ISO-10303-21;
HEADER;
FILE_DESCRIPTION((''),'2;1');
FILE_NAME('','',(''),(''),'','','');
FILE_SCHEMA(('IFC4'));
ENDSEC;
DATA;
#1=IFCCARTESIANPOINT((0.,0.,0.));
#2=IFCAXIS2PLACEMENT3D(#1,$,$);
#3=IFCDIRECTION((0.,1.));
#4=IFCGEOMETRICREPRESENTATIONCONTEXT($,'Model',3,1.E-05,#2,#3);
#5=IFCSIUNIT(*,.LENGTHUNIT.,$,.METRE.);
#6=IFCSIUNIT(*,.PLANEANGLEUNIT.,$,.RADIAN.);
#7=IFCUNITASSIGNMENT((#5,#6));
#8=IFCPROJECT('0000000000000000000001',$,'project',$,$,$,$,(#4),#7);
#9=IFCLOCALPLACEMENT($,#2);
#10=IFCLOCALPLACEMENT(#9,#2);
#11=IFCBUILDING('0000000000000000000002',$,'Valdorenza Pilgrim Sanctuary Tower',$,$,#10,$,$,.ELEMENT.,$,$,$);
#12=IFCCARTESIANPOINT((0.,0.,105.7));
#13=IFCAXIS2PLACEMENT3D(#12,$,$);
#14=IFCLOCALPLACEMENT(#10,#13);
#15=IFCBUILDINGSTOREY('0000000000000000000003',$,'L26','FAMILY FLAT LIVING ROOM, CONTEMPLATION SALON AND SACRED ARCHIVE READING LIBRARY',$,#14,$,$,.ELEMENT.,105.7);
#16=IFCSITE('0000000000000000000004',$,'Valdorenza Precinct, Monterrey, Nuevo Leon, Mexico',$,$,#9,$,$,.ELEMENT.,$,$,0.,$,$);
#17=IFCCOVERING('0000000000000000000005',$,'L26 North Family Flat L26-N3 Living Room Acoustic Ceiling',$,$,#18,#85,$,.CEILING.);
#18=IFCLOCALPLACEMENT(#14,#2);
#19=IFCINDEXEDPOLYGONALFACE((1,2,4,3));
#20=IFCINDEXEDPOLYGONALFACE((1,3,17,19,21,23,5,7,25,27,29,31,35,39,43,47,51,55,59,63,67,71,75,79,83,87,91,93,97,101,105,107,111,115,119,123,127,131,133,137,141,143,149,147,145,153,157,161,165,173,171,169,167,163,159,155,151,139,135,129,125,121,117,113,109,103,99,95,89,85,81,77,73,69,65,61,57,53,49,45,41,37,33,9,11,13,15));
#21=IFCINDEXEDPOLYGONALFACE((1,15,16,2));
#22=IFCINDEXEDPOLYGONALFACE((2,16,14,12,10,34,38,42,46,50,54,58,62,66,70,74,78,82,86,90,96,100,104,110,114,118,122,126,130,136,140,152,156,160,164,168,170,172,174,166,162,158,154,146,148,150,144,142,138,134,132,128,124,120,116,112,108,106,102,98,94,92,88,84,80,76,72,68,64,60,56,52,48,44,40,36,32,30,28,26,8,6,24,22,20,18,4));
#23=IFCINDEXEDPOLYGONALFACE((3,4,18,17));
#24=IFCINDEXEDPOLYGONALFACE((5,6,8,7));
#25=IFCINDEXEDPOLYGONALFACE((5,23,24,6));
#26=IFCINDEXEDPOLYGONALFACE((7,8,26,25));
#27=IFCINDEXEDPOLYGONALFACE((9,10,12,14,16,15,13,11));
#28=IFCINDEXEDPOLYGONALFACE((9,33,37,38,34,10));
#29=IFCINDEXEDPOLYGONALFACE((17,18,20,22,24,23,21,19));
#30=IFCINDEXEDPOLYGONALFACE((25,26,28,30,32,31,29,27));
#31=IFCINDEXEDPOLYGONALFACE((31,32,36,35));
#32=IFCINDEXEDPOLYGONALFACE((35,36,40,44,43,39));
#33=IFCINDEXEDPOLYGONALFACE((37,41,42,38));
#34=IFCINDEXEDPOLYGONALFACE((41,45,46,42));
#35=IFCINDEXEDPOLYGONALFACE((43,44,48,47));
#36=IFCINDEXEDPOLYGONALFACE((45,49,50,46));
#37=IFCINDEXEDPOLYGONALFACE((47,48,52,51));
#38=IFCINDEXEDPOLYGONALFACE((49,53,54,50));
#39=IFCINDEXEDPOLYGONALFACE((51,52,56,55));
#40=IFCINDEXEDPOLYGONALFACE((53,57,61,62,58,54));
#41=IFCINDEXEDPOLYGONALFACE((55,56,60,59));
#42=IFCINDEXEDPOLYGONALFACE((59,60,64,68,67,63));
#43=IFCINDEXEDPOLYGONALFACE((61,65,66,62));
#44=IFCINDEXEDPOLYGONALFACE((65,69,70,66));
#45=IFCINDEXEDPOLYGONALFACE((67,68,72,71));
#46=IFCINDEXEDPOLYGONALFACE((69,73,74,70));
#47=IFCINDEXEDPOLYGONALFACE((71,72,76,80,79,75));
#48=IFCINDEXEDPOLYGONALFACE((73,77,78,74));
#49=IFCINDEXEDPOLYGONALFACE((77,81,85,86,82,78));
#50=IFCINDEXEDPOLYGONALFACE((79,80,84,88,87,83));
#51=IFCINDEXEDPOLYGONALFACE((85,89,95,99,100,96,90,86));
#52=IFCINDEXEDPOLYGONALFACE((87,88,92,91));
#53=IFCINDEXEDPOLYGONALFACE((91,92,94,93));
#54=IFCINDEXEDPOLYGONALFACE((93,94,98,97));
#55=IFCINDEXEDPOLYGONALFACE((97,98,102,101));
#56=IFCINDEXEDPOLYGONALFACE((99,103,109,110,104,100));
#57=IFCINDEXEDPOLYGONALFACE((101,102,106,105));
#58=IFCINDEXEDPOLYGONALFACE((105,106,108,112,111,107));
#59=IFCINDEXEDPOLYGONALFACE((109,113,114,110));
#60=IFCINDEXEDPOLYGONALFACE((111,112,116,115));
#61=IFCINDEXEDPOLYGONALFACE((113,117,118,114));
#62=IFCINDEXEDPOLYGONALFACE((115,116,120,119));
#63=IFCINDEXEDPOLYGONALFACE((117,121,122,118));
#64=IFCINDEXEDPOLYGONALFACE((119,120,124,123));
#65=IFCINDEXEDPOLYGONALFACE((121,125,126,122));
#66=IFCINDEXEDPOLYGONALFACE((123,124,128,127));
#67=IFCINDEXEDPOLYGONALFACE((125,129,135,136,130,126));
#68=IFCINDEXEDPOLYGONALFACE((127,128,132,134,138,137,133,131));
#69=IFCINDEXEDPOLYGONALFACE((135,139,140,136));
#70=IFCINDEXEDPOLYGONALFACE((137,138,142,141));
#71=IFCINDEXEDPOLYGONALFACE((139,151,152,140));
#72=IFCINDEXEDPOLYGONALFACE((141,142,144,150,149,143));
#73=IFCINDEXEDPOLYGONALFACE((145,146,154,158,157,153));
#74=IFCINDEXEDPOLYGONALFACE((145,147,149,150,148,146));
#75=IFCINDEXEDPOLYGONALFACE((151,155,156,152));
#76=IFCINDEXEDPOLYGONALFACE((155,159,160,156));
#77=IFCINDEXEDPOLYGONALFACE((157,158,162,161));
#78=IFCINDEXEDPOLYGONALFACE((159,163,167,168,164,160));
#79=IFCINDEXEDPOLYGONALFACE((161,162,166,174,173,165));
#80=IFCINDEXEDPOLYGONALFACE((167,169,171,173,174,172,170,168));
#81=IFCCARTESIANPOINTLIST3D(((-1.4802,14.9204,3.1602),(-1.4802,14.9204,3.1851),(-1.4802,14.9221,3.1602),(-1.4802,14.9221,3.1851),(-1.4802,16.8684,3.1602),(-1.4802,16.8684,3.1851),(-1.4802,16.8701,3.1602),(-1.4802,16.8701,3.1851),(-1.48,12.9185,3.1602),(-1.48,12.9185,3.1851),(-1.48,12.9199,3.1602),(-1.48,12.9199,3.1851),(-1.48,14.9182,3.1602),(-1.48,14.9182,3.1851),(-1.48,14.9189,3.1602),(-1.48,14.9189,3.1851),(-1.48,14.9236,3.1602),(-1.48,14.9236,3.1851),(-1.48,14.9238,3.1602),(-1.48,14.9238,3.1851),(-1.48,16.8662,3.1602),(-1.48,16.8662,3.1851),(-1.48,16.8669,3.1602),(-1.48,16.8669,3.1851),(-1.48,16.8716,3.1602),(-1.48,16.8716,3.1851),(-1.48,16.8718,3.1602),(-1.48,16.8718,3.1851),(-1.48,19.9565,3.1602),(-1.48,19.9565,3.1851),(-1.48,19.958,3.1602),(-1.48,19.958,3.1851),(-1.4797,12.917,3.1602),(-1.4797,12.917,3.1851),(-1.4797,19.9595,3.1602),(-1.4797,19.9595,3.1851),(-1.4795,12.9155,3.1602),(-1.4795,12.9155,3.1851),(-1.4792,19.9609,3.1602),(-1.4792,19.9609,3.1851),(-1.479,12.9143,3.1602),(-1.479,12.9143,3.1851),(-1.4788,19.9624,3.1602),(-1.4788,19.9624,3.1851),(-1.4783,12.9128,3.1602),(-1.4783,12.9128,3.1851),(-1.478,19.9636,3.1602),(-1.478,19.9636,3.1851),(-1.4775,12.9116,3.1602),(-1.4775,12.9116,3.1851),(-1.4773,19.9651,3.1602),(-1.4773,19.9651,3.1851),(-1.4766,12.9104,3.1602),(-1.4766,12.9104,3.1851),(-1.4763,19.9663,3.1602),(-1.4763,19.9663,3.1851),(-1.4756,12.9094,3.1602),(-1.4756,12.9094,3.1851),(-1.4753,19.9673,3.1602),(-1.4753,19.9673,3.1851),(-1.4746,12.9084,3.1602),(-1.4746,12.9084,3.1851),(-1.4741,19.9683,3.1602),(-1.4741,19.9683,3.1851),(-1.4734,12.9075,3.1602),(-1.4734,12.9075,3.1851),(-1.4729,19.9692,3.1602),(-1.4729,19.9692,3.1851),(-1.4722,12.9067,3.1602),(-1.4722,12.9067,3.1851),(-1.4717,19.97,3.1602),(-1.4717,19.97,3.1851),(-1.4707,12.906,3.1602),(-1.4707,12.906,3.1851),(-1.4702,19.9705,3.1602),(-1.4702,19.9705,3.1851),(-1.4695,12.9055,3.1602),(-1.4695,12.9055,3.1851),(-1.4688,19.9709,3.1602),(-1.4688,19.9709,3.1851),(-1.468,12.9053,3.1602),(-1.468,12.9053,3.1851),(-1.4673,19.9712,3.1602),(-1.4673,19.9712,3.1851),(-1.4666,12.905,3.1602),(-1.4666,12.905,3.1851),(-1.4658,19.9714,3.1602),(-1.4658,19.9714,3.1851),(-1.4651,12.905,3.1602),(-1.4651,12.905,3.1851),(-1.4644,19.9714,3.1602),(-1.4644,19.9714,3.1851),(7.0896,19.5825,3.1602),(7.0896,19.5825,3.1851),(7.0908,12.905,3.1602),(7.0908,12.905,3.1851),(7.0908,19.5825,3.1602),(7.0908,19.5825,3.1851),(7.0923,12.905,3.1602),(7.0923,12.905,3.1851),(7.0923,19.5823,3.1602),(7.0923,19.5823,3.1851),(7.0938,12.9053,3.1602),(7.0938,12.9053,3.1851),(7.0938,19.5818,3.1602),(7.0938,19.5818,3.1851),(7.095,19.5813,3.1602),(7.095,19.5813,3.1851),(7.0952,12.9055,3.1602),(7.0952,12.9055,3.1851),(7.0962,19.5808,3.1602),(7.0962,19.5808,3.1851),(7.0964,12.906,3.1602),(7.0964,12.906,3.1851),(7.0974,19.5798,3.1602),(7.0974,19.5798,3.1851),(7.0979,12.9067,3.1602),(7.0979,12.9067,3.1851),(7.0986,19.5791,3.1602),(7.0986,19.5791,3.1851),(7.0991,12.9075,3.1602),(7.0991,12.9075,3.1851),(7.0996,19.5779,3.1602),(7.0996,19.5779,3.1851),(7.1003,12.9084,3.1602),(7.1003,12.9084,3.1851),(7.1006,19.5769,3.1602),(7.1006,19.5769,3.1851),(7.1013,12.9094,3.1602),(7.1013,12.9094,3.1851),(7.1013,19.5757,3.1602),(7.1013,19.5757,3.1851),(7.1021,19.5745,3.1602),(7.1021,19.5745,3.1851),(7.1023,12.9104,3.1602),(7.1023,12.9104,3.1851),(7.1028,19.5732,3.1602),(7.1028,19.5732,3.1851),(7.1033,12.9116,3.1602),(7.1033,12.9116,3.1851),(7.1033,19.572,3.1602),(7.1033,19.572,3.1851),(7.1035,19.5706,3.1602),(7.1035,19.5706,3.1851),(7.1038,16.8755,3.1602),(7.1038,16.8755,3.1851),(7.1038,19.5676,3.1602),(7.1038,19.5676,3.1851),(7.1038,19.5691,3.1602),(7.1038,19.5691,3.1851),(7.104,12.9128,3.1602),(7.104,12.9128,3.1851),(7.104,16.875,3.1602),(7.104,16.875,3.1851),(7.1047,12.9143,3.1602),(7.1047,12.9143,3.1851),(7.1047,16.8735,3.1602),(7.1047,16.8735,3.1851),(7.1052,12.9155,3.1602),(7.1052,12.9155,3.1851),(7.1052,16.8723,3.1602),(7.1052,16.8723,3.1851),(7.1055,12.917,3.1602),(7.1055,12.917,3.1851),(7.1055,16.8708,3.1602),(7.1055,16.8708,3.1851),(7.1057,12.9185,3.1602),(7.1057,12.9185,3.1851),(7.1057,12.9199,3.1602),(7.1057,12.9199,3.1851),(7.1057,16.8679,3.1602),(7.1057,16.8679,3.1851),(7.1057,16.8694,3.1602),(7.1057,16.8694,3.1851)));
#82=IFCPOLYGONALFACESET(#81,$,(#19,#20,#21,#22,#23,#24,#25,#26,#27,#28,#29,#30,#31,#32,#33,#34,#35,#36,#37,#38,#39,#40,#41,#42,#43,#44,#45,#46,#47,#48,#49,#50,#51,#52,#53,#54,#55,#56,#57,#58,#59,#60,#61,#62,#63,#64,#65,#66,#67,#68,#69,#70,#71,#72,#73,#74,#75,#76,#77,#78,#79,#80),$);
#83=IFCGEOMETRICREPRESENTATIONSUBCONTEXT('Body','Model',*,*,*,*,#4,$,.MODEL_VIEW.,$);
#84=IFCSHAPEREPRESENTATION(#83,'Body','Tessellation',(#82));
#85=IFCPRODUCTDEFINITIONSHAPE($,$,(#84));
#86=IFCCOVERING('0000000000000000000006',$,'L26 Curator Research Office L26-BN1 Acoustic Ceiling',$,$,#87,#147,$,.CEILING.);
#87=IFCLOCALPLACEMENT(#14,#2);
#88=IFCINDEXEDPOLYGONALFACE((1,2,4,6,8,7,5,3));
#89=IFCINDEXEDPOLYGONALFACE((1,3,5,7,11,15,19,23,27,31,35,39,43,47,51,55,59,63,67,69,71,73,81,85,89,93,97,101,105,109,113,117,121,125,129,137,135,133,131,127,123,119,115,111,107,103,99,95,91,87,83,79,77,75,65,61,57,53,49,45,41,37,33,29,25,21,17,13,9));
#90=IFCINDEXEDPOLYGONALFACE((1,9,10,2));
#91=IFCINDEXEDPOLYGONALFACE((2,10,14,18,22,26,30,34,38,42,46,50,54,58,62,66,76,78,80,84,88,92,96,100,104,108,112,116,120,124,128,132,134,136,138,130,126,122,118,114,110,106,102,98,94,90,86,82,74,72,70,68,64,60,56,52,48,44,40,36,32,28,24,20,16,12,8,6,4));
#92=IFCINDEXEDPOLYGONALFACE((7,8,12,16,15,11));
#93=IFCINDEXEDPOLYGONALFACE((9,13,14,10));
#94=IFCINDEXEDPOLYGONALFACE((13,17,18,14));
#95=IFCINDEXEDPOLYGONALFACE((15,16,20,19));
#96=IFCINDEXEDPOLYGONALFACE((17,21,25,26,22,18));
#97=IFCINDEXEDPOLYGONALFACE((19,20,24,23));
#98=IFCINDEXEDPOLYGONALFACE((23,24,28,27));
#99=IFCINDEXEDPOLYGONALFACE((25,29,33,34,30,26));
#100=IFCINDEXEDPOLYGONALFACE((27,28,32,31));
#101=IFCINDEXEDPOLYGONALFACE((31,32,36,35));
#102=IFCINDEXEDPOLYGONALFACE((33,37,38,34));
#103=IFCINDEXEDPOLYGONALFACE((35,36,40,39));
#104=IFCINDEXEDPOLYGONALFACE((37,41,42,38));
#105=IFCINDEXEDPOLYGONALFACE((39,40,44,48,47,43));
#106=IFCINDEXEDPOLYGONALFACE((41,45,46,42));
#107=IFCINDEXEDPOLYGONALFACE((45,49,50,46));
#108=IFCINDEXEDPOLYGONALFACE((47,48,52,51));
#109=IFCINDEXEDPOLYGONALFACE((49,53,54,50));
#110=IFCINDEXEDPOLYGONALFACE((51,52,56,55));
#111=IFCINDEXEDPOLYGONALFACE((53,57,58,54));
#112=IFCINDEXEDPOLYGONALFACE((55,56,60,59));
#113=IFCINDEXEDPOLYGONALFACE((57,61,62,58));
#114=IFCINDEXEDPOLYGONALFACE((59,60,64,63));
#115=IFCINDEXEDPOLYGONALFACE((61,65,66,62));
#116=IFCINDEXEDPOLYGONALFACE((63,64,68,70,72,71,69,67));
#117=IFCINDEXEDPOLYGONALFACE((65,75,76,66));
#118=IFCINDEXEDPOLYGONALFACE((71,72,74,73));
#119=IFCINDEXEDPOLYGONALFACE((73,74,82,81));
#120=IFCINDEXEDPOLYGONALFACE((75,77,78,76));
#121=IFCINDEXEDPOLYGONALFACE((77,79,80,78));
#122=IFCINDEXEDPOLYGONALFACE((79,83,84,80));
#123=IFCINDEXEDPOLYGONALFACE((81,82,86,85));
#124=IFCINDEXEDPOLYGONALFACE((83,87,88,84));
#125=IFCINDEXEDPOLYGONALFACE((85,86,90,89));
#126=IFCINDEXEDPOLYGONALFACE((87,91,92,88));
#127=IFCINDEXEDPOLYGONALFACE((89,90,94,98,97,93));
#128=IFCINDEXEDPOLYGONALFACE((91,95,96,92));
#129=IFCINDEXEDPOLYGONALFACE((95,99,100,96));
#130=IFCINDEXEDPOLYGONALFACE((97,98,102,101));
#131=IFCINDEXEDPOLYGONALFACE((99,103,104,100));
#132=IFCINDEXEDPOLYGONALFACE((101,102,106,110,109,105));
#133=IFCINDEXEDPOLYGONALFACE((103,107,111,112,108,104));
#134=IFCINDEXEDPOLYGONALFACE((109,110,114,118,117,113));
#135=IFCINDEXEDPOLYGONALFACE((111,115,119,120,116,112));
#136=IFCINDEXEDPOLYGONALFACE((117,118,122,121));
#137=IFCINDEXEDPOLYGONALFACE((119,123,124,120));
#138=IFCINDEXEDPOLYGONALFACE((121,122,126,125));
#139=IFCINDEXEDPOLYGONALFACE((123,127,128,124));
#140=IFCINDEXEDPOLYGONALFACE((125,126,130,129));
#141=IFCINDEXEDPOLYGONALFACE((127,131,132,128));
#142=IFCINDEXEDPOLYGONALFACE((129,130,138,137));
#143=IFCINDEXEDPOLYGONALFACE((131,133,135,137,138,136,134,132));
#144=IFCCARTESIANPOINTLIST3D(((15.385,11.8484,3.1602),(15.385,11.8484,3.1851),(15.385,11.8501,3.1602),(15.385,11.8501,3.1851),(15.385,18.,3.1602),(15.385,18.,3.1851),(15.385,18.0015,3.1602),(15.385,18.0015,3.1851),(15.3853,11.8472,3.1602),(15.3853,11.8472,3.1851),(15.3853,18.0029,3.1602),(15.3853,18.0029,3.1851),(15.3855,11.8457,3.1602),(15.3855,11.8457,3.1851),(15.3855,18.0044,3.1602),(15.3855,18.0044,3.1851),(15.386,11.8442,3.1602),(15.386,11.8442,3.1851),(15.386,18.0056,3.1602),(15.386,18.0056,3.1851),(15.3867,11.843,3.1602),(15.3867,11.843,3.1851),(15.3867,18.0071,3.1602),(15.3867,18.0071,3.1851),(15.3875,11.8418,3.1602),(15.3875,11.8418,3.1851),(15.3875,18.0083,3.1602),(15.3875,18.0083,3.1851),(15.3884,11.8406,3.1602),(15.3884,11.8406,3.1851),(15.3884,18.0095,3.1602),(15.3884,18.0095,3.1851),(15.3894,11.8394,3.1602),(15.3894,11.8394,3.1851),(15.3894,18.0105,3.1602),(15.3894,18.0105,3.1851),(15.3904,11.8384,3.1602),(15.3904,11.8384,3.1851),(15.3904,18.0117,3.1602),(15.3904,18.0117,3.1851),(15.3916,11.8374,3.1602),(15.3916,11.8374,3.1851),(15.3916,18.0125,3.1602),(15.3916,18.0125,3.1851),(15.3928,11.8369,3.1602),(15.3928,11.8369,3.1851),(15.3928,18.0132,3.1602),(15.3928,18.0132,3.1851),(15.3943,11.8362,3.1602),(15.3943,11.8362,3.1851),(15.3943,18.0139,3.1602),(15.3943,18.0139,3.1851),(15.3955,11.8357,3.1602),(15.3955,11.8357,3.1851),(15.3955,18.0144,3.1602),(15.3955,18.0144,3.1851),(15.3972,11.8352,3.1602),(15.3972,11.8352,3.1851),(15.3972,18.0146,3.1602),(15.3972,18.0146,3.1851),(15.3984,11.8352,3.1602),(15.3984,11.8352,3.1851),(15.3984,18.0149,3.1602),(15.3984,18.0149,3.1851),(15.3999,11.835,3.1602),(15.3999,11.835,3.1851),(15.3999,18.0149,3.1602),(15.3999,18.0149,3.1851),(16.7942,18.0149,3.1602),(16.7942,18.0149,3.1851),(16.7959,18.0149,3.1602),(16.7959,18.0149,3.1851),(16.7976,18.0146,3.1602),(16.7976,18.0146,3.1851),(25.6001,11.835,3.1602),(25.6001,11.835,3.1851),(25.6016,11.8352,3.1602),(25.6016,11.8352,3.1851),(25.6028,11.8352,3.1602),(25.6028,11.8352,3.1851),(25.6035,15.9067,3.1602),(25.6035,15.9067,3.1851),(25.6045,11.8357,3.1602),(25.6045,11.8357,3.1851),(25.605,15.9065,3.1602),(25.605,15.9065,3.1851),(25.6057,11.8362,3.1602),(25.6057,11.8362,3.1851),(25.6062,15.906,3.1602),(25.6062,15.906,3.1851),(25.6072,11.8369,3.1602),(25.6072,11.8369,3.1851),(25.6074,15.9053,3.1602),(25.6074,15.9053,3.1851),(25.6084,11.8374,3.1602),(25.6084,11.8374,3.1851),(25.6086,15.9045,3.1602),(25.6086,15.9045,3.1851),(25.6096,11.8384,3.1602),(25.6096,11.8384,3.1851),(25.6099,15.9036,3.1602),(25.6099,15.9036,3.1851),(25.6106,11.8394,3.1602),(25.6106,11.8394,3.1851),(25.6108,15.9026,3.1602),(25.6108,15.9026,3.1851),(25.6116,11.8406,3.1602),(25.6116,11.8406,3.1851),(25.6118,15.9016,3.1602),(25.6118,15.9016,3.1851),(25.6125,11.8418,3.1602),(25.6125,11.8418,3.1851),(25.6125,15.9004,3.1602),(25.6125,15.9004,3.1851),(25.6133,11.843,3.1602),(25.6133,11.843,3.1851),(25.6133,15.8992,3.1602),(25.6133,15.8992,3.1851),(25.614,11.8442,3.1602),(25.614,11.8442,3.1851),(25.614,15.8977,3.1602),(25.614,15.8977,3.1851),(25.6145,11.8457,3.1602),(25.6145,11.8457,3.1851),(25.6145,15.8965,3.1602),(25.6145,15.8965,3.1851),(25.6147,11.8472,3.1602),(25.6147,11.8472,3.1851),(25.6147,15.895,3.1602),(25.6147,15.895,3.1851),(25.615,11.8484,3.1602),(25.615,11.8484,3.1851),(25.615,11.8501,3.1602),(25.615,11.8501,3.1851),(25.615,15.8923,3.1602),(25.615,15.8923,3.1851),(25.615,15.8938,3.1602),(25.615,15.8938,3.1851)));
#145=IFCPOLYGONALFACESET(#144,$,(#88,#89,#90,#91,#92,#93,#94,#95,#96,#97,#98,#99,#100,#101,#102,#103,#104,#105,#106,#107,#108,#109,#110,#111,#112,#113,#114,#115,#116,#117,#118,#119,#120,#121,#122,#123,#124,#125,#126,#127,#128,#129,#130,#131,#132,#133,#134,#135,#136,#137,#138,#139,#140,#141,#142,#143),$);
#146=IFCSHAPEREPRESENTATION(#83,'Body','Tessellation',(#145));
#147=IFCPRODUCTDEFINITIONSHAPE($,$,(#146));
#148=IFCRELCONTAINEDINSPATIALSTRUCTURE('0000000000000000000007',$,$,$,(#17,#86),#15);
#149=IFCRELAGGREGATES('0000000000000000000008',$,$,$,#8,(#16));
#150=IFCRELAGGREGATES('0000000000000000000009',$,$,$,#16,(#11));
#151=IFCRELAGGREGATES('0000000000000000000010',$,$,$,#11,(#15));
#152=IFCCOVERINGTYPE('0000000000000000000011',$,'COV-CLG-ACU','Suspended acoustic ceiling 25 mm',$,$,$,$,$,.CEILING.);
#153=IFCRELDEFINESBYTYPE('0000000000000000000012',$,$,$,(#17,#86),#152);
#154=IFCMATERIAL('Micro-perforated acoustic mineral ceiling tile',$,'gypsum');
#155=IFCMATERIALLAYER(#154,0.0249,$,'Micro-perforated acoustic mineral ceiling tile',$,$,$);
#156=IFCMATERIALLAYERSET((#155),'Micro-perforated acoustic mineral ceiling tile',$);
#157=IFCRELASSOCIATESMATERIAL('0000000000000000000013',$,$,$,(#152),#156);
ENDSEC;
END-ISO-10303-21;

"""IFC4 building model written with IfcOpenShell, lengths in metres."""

from ifc_helpers import new_model, si_unit, direction, frame, origin, place, context, subcontext, project, spatial, polyline, outline, extrude, material, layer, layer_set, type_object, element, save


model = new_model("IFC4")

# Units and contexts
model_context = context("Model", 3, precision=1e-05, world=origin(), true_north=direction((0.0, 1.0)))
body_context = subcontext(model_context, "Body", "Model", "MODEL_VIEW")
ifc_project = project(units=[si_unit("LENGTHUNIT", "METRE"), si_unit("PLANEANGLEUNIT", "RADIAN")], contexts=[model_context])

# Site, building, storey
site_placement = place(None, origin())
site = spatial("IfcSite", under=ifc_project, at=site_placement, Name="Valdorenza Precinct, Monterrey, Nuevo Leon, Mexico", CompositionType="ELEMENT", RefElevation=0.0)
building_placement = place(site_placement, origin())
building = spatial("IfcBuilding", under=site, at=building_placement, Name="Valdorenza Pilgrim Sanctuary Tower", CompositionType="ELEMENT")
storey_placement = place(building_placement, frame((0.0, 0.0, 105.7)))
storey = spatial("IfcBuildingStorey", under=building, at=storey_placement, Name="L26", Description="FAMILY FLAT LIVING ROOM, CONTEMPLATION SALON AND SACRED ARCHIVE READING LIBRARY", CompositionType="ELEMENT", Elevation=105.7)

# Coverings
ifc_material_1 = material(Name="Micro-perforated acoustic mineral ceiling tile", Category="gypsum")
ifc_layer_1 = layer(ifc_material_1, 0.0249, Name="Micro-perforated acoustic mineral ceiling tile")
ifc_layer_set_1 = layer_set([ifc_layer_1], Name="Micro-perforated acoustic mineral ceiling tile")
covering_type_1 = type_object("IfcCoveringType", Name="COV-CLG-ACU", Description="Suspended acoustic ceiling 25 mm", PredefinedType="CEILING", material=ifc_layer_set_1)
covering_1_placement = place(storey_placement, frame((0.0, 0.0, 3.1602)))
element("IfcCovering", 1, at=covering_1_placement, inside=storey, type_object=covering_type_1, Name="L26 North Family Flat L26-N3 Living Room Acoustic Ceiling", PredefinedType="CEILING", context=body_context, shape_type="SweptSolid", body=[
    extrude(outline(polyline([(-1.48, 14.9182), (-1.48, 14.9189), (-1.4802, 14.9204), (-1.4802, 14.9221), (-1.48, 14.9236), (-1.48, 14.9238), (-1.48, 16.8662), (-1.48, 16.8669), (-1.4802, 16.8684), (-1.4802, 16.8701), (-1.48, 16.8716), (-1.48, 16.8718), (-1.48, 19.9565), (-1.48, 19.958), (-1.4797, 19.9595), (-1.4792, 19.9609), (-1.4788, 19.9624), (-1.478, 19.9636), (-1.4773, 19.9651), (-1.4763, 19.9663), (-1.4753, 19.9673), (-1.4741, 19.9683), (-1.4729, 19.9692), (-1.4717, 19.97), (-1.4702, 19.9705), (-1.4688, 19.9709), (-1.4673, 19.9712), (-1.4658, 19.9714), (-1.4644, 19.9714), (7.0896, 19.5825), (7.0908, 19.5825), (7.0923, 19.5823), (7.0938, 19.5818), (7.095, 19.5813), (7.0962, 19.5808), (7.0974, 19.5798), (7.0986, 19.5791), (7.0996, 19.5779), (7.1006, 19.5769), (7.1013, 19.5757), (7.1021, 19.5745), (7.1028, 19.5732), (7.1033, 19.572), (7.1035, 19.5706), (7.1038, 19.5691), (7.1038, 19.5676), (7.1038, 16.8755), (7.104, 16.875), (7.1047, 16.8735), (7.1052, 16.8723), (7.1055, 16.8708), (7.1057, 16.8694), (7.1057, 16.8679), (7.1057, 12.9199), (7.1057, 12.9185), (7.1055, 12.917), (7.1052, 12.9155), (7.1047, 12.9143), (7.104, 12.9128), (7.1033, 12.9116), (7.1023, 12.9104), (7.1013, 12.9094), (7.1003, 12.9084), (7.0991, 12.9075), (7.0979, 12.9067), (7.0964, 12.906), (7.0952, 12.9055), (7.0938, 12.9053), (7.0923, 12.905), (7.0908, 12.905), (-1.4651, 12.905), (-1.4666, 12.905), (-1.468, 12.9053), (-1.4695, 12.9055), (-1.4707, 12.906), (-1.4722, 12.9067), (-1.4734, 12.9075), (-1.4746, 12.9084), (-1.4756, 12.9094), (-1.4766, 12.9104), (-1.4775, 12.9116), (-1.4783, 12.9128), (-1.479, 12.9143), (-1.4795, 12.9155), (-1.4797, 12.917), (-1.48, 12.9185), (-1.48, 12.9199), (-1.48, 14.9182)])), origin(), (0.0, 0.0, 1.0), 0.0249),
])
covering_2_placement = place(storey_placement, frame((0.0, 0.0, 3.1602)))
element("IfcCovering", 2, at=covering_2_placement, inside=storey, type_object=covering_type_1, Name="L26 Curator Research Office L26-BN1 Acoustic Ceiling", PredefinedType="CEILING", context=body_context, shape_type="SweptSolid", body=[
    extrude(outline(polyline([(15.3999, 11.835), (15.3984, 11.8352), (15.3972, 11.8352), (15.3955, 11.8357), (15.3943, 11.8362), (15.3928, 11.8369), (15.3916, 11.8374), (15.3904, 11.8384), (15.3894, 11.8394), (15.3884, 11.8406), (15.3875, 11.8418), (15.3867, 11.843), (15.386, 11.8442), (15.3855, 11.8457), (15.3853, 11.8472), (15.385, 11.8484), (15.385, 11.8501), (15.385, 18.0), (15.385, 18.0015), (15.3853, 18.0029), (15.3855, 18.0044), (15.386, 18.0056), (15.3867, 18.0071), (15.3875, 18.0083), (15.3884, 18.0095), (15.3894, 18.0105), (15.3904, 18.0117), (15.3916, 18.0125), (15.3928, 18.0132), (15.3943, 18.0139), (15.3955, 18.0144), (15.3972, 18.0146), (15.3984, 18.0149), (15.3999, 18.0149), (16.7942, 18.0149), (16.7959, 18.0149), (16.7976, 18.0146), (25.6035, 15.9067), (25.605, 15.9065), (25.6062, 15.906), (25.6074, 15.9053), (25.6086, 15.9045), (25.6099, 15.9036), (25.6108, 15.9026), (25.6118, 15.9016), (25.6125, 15.9004), (25.6133, 15.8992), (25.614, 15.8977), (25.6145, 15.8965), (25.6147, 15.895), (25.615, 15.8938), (25.615, 15.8923), (25.615, 11.8501), (25.615, 11.8484), (25.6147, 11.8472), (25.6145, 11.8457), (25.614, 11.8442), (25.6133, 11.843), (25.6125, 11.8418), (25.6116, 11.8406), (25.6106, 11.8394), (25.6096, 11.8384), (25.6084, 11.8374), (25.6072, 11.8369), (25.6057, 11.8362), (25.6045, 11.8357), (25.6028, 11.8352), (25.6016, 11.8352), (25.6001, 11.835), (15.3999, 11.835)])), origin(), (0.0, 0.0, 1.0), 0.0249),
])

save(model, "model.ifc")
